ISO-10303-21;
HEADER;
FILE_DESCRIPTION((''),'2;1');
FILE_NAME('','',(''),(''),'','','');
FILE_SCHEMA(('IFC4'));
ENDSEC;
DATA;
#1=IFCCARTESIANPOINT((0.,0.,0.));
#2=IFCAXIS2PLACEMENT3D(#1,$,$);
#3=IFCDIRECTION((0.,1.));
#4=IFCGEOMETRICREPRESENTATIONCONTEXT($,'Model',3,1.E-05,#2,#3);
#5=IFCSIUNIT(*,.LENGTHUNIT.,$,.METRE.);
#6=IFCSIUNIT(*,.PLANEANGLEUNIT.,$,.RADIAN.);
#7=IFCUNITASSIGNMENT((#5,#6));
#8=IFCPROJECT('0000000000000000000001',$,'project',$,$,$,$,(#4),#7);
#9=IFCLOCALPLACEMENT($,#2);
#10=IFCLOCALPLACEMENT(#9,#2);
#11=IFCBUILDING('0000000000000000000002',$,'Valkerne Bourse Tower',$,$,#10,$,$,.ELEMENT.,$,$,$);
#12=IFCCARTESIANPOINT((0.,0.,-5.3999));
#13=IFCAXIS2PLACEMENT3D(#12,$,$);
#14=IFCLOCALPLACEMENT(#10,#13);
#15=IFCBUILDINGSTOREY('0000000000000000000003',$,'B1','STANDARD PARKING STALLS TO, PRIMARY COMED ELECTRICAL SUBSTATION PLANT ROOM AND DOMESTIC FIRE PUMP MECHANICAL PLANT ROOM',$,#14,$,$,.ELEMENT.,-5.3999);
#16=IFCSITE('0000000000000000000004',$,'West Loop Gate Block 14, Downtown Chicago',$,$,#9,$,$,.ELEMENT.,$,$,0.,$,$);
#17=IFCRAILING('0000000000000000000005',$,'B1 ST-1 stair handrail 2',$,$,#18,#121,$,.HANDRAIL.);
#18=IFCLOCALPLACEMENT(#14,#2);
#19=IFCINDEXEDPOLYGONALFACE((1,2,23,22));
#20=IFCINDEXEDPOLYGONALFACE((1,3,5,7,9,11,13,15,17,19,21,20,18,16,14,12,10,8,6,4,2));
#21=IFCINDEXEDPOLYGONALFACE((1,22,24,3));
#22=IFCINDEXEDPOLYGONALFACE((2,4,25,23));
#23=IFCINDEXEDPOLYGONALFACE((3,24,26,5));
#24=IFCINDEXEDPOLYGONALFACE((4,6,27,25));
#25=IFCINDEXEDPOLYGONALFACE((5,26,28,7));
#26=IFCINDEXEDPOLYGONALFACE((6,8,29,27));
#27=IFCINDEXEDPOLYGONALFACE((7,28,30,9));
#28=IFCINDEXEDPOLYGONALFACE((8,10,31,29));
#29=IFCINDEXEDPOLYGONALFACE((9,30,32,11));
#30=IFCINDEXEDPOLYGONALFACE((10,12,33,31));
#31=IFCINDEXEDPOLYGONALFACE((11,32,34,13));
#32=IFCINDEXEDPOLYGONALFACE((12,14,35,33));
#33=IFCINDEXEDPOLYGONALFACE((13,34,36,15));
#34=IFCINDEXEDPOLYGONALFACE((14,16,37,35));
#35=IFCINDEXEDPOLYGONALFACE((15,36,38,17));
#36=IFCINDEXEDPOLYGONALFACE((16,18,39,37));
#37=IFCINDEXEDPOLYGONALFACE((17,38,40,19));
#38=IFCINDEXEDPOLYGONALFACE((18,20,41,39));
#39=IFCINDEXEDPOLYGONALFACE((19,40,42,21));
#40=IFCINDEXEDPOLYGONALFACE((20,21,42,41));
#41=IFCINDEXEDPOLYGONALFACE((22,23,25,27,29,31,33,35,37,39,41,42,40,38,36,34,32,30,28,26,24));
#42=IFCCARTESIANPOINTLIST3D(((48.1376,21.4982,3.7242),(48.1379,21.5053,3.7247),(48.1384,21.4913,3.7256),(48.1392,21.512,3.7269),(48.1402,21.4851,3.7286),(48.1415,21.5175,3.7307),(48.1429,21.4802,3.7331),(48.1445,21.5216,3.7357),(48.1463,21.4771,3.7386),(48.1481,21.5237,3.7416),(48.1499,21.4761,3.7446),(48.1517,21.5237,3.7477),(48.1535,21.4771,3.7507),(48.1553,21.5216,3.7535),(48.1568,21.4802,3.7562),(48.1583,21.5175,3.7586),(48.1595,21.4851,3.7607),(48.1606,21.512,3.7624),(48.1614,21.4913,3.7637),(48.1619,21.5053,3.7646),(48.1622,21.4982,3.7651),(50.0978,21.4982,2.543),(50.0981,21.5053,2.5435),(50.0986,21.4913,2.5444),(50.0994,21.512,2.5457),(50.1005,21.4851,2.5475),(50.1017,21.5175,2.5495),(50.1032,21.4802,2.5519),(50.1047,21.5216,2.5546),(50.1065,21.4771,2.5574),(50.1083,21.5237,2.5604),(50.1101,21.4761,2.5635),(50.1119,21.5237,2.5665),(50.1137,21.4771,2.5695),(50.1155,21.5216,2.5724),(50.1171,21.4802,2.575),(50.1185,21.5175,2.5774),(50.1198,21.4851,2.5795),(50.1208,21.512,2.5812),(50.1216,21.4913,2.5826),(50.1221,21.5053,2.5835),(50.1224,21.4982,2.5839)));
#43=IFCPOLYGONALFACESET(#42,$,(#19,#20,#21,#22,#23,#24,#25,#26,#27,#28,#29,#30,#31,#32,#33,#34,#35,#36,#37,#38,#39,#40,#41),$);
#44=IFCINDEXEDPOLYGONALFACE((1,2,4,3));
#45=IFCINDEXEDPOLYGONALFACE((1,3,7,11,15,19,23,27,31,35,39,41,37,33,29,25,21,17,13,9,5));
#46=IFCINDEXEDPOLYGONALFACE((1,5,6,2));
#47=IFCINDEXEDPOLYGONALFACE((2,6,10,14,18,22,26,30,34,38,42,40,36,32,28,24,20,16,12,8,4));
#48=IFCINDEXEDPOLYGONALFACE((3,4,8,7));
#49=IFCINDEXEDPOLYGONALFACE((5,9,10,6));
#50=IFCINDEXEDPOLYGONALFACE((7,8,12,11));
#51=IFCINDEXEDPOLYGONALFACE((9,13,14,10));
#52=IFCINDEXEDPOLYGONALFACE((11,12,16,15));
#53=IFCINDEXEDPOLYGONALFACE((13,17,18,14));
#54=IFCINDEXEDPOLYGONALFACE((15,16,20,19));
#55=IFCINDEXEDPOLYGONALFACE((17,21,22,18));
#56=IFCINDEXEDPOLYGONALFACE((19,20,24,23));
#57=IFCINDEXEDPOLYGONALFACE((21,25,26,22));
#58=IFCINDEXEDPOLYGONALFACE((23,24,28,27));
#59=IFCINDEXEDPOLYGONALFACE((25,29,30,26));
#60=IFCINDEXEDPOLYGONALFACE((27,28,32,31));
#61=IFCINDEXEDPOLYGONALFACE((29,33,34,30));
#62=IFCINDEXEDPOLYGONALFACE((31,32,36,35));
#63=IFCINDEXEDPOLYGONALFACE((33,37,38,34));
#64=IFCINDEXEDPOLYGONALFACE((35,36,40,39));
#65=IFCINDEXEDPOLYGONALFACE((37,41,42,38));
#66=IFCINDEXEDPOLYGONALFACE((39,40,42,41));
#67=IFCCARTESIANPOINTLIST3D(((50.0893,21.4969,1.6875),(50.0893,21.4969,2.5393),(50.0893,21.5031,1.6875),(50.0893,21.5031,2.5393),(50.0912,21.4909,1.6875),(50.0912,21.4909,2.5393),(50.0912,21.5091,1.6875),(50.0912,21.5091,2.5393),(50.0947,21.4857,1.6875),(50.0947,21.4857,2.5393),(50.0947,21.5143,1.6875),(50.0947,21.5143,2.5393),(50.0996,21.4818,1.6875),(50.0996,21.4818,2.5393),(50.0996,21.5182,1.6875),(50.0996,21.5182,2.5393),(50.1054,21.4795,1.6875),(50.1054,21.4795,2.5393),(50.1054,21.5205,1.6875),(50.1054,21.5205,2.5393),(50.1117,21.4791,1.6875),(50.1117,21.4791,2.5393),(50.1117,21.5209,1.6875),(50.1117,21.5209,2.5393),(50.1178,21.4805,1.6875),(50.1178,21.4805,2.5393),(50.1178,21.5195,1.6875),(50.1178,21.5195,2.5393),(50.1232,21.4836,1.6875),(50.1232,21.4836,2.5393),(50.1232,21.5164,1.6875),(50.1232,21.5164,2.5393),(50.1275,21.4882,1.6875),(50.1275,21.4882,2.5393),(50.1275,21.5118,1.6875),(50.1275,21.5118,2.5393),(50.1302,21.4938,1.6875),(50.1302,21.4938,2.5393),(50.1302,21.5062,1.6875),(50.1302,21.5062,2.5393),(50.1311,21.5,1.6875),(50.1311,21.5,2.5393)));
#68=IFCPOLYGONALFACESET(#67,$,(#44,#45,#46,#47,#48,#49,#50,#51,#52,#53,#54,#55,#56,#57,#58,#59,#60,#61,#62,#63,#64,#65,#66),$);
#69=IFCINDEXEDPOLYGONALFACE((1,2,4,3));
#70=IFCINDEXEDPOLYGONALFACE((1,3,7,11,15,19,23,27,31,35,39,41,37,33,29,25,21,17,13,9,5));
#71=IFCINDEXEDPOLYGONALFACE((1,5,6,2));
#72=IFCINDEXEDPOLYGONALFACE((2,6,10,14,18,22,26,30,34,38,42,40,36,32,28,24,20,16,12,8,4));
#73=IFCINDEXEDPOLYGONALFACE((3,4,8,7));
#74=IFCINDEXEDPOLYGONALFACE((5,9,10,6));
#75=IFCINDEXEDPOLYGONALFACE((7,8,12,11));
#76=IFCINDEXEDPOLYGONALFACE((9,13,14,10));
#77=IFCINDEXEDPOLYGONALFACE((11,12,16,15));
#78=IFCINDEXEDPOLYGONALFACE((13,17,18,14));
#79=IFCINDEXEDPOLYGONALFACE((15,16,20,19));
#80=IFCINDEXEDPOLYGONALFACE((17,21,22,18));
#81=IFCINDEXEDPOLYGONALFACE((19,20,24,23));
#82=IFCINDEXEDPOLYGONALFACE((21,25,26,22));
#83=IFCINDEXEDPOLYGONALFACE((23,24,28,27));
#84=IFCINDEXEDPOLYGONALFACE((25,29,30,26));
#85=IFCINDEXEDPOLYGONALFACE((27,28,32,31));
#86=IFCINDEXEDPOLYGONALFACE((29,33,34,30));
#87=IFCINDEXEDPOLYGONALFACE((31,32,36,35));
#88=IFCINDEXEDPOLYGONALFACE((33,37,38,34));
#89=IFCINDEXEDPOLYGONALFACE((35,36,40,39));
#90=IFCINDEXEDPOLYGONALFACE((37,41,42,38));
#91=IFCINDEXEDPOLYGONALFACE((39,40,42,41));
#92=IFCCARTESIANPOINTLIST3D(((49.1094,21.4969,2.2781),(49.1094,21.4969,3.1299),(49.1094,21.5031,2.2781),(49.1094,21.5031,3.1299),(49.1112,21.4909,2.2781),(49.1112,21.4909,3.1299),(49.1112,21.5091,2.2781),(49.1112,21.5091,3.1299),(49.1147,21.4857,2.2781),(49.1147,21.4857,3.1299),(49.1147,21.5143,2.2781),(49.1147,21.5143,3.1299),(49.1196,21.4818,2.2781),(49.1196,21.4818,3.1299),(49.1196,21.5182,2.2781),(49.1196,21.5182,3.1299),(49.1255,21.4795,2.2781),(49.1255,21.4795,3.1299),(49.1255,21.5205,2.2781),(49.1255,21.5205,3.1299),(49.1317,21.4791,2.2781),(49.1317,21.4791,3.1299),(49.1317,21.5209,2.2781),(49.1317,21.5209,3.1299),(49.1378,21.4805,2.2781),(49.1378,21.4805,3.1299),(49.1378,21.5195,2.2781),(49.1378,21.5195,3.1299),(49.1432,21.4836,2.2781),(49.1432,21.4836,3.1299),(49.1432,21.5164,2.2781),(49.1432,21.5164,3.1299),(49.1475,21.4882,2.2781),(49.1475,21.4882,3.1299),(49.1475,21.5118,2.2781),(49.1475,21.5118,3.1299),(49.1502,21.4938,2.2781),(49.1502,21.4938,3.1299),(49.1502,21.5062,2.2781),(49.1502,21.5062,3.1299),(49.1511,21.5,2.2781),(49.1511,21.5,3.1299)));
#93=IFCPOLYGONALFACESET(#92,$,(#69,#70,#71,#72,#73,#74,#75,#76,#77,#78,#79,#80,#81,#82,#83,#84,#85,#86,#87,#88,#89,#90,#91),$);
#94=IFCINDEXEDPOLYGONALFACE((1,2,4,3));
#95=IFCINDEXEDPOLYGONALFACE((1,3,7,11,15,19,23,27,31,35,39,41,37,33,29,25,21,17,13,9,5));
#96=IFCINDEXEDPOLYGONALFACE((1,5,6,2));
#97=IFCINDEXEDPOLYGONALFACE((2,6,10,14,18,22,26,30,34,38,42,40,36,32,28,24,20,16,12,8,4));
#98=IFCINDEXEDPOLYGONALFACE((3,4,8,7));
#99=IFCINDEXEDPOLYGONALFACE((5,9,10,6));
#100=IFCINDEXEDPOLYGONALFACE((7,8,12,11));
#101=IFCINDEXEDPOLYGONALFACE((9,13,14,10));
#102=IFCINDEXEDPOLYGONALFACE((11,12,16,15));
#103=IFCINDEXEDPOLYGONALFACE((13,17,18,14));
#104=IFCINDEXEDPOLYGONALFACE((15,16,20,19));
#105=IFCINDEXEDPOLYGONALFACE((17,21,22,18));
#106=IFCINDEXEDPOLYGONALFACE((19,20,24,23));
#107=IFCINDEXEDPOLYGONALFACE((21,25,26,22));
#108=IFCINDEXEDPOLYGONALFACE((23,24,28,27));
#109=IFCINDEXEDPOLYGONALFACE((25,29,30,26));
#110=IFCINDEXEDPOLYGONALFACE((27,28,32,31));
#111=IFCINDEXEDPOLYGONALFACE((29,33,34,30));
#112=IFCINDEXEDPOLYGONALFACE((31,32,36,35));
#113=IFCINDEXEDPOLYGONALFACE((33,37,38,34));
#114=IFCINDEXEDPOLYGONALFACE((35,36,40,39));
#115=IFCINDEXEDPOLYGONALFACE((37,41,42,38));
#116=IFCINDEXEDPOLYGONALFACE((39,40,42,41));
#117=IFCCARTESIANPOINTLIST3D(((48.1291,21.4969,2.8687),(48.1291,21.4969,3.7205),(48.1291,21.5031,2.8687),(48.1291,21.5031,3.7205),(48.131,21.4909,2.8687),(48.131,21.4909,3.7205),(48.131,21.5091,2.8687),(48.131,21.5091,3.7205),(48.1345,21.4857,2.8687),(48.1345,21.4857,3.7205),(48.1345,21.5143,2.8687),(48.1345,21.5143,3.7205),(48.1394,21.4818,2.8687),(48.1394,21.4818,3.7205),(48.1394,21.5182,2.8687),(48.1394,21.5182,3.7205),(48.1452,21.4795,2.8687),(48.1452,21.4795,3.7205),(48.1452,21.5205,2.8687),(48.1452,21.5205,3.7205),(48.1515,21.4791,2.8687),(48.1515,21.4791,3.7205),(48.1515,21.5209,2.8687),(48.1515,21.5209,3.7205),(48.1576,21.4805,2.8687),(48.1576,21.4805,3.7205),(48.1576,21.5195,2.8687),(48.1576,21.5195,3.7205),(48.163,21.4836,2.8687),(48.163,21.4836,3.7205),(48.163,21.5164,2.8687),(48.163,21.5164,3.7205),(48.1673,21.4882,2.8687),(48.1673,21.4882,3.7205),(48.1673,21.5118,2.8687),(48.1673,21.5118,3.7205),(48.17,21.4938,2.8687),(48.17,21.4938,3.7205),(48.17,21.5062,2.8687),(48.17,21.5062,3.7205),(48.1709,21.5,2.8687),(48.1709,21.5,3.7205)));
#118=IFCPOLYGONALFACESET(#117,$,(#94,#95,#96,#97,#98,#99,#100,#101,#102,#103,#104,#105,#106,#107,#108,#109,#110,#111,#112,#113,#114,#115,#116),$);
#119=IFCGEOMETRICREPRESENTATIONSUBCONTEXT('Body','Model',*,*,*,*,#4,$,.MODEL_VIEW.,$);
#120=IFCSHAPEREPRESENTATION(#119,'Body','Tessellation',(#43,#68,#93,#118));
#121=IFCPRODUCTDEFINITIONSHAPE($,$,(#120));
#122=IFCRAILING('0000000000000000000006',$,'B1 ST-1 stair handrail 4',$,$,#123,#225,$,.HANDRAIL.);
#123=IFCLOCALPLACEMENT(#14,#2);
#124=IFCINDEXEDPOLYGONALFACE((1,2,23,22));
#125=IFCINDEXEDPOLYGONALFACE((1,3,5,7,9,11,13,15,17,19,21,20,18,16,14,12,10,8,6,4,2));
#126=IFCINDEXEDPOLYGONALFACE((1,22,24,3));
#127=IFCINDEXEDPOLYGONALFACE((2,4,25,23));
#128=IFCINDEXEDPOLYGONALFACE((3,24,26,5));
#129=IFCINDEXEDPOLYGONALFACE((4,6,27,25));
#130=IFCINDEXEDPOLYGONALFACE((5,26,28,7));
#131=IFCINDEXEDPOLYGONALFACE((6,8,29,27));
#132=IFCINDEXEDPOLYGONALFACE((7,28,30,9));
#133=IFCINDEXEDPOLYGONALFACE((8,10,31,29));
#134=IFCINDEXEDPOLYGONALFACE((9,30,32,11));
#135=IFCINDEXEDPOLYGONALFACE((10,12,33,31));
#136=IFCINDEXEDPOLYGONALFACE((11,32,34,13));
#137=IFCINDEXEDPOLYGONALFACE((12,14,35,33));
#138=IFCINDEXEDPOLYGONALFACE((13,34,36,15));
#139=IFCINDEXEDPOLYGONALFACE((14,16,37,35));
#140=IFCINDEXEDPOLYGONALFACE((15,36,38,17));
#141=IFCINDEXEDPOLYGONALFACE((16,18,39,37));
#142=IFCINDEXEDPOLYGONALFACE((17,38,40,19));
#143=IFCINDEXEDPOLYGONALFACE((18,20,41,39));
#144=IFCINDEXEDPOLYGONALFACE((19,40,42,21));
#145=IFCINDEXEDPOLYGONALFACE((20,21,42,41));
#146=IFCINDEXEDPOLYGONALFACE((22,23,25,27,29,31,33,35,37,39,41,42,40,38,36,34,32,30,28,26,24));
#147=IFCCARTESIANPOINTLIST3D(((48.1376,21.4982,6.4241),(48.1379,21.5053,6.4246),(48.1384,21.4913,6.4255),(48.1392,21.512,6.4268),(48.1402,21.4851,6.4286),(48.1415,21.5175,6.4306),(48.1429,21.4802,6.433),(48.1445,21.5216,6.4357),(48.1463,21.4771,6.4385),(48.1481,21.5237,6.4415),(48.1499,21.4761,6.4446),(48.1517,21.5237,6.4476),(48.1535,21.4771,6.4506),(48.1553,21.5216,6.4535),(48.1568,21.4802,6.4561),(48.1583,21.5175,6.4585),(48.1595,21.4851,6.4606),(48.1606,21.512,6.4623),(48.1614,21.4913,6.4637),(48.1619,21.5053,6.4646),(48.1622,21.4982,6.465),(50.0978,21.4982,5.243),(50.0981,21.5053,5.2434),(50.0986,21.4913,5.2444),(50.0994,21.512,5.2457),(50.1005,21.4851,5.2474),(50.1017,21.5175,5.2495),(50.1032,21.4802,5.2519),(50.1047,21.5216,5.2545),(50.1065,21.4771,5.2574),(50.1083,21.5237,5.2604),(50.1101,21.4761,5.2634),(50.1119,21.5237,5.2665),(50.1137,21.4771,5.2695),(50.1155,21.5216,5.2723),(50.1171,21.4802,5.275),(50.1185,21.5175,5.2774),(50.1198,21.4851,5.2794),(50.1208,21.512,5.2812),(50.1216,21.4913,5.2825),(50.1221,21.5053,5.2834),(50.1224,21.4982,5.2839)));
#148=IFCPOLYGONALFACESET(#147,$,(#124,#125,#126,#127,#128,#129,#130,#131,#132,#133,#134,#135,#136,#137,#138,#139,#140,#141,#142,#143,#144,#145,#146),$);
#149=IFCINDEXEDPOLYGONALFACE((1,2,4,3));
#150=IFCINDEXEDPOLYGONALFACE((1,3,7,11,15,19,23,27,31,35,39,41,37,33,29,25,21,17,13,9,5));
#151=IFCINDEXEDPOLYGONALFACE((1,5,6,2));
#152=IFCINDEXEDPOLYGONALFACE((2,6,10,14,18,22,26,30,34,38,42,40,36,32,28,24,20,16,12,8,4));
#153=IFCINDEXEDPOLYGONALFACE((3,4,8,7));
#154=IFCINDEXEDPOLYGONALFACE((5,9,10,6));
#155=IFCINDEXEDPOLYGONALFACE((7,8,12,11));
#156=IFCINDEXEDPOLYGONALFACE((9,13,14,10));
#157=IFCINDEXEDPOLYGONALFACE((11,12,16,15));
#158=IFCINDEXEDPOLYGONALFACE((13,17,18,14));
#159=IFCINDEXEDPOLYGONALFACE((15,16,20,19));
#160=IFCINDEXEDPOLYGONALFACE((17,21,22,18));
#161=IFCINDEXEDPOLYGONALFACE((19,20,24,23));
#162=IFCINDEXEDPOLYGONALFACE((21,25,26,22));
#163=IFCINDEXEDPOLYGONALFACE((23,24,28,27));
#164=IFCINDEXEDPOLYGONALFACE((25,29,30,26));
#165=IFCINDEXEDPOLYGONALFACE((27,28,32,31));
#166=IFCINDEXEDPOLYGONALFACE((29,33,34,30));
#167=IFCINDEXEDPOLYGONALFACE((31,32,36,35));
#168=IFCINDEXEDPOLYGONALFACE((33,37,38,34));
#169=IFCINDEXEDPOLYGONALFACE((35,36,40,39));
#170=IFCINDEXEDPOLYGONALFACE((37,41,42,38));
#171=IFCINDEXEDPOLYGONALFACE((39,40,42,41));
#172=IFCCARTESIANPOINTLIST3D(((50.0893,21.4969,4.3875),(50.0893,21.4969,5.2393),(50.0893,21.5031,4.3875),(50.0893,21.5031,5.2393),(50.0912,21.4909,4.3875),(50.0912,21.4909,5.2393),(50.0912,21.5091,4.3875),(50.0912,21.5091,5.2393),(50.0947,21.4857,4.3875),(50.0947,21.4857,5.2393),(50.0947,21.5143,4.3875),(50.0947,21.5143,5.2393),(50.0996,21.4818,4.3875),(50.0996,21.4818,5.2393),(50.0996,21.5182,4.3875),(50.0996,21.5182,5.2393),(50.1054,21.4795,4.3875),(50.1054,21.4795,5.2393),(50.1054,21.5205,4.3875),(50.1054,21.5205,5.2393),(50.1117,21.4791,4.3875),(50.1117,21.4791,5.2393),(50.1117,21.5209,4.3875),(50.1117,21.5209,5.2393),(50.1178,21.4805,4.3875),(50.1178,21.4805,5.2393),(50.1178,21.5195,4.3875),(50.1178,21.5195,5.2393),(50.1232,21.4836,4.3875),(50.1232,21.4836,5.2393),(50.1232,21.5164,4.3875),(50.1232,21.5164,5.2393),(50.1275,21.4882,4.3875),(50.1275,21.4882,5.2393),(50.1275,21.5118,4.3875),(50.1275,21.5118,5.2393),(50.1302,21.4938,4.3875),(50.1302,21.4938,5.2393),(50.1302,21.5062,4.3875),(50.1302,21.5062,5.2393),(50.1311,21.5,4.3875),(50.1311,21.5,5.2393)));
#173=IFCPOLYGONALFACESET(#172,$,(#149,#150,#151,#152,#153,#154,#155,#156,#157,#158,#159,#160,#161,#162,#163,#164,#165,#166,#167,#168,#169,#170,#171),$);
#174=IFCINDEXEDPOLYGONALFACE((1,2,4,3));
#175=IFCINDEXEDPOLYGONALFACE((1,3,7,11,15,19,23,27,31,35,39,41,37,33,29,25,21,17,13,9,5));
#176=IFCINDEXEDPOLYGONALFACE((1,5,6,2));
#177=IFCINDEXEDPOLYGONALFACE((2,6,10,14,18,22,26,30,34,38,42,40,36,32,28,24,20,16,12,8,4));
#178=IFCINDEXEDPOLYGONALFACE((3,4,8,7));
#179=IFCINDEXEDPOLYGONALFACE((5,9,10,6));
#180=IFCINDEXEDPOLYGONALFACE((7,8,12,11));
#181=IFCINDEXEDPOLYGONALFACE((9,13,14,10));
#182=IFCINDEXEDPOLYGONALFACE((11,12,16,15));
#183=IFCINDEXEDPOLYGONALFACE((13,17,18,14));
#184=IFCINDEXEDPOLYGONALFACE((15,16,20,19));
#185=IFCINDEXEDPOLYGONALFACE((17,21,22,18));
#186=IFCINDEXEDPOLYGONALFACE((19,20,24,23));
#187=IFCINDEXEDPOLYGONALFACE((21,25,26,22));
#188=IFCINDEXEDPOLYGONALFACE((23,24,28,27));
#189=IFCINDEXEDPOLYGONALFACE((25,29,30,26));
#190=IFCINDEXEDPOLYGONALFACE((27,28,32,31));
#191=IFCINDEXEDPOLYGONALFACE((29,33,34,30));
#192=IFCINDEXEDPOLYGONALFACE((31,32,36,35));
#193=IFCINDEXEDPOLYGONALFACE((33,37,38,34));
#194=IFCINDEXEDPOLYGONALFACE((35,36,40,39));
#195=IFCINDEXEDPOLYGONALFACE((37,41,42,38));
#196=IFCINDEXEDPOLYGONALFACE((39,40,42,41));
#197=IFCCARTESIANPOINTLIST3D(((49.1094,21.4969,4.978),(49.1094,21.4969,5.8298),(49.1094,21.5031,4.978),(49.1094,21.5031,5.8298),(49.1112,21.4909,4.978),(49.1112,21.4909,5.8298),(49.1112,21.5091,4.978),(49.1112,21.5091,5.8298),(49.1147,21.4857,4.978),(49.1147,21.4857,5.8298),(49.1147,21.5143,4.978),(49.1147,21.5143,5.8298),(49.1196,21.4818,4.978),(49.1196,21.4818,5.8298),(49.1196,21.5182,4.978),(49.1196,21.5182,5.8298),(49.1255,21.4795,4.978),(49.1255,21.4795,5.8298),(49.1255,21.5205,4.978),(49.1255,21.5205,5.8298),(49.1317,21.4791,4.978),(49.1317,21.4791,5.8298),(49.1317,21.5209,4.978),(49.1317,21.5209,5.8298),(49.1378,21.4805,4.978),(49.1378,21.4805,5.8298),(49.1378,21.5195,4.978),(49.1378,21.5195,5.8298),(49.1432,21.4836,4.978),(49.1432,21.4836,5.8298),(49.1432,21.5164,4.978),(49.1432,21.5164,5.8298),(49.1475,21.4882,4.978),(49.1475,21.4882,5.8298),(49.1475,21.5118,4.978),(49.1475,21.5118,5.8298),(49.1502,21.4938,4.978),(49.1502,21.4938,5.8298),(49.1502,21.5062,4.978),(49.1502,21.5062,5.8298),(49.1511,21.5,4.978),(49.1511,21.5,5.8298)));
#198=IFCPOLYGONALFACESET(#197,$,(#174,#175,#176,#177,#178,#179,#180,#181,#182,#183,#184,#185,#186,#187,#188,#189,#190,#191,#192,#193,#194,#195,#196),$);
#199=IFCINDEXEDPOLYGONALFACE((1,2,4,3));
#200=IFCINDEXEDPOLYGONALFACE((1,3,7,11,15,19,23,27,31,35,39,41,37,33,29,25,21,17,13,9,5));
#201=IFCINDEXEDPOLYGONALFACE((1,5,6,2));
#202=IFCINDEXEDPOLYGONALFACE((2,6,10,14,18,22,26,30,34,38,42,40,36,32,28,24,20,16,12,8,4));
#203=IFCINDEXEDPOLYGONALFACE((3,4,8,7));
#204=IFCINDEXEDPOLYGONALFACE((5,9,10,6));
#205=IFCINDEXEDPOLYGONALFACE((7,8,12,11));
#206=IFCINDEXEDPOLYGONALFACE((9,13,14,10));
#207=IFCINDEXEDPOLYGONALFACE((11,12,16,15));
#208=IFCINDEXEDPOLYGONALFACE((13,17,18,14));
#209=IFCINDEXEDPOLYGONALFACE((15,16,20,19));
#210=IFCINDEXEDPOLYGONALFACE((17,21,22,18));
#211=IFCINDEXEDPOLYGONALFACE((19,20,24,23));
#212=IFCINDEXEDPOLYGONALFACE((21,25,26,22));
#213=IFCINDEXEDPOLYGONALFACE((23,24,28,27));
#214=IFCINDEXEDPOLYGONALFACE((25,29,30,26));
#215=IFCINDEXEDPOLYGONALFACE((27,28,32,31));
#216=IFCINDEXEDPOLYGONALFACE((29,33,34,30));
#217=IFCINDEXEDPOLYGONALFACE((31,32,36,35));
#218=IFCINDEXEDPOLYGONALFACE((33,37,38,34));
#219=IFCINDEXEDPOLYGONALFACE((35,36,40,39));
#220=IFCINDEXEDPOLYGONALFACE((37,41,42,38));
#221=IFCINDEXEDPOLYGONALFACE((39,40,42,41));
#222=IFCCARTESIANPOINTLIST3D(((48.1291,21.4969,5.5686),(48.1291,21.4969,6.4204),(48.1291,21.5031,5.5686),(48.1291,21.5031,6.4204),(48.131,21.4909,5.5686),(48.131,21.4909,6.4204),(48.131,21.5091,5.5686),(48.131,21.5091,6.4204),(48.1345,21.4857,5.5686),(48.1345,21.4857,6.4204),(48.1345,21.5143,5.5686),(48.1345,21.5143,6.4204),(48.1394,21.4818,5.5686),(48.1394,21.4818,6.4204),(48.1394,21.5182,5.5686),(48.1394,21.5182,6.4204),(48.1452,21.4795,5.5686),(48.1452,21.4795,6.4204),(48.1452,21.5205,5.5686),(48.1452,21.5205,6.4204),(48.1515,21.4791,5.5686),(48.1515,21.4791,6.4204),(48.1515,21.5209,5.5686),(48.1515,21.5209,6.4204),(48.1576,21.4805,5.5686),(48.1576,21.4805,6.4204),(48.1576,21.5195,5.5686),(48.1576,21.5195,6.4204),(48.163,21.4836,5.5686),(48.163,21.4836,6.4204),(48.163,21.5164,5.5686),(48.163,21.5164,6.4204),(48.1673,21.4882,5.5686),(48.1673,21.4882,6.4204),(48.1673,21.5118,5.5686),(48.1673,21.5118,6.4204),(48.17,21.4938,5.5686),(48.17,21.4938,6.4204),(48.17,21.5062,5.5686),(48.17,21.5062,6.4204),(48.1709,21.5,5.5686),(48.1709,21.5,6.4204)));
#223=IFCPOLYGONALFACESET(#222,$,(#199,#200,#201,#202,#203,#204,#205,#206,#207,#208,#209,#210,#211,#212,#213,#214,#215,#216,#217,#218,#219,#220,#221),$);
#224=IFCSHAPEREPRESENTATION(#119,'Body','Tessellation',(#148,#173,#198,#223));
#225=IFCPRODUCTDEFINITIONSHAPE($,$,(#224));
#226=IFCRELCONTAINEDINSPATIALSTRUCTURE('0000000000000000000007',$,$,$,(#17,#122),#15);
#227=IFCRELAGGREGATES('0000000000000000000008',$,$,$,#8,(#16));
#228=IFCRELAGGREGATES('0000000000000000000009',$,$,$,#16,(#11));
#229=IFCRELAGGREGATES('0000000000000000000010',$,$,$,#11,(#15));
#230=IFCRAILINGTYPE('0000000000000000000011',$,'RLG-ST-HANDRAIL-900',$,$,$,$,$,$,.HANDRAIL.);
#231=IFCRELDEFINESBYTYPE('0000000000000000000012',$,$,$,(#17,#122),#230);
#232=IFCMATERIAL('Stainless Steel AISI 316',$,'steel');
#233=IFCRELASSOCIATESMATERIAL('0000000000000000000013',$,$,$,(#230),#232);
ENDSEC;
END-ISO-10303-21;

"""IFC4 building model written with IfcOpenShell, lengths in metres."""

from ifc_helpers import new_model, si_unit, direction, frame, origin, origin_2d, place, context, subcontext, project, spatial, circle, extrude, material, type_object, element, save


model = new_model("IFC4")

# Units and contexts
model_context = context("Model", 3, precision=1e-05, world=origin(), true_north=direction((0.0, 1.0)))
body_context = subcontext(model_context, "Body", "Model", "MODEL_VIEW")
ifc_project = project(units=[si_unit("LENGTHUNIT", "METRE"), si_unit("PLANEANGLEUNIT", "RADIAN")], contexts=[model_context])

# Site, building, storey
site_placement = place(None, origin())
site = spatial("IfcSite", under=ifc_project, at=site_placement, Name="West Loop Gate Block 14, Downtown Chicago", CompositionType="ELEMENT", RefElevation=0.0)
building_placement = place(site_placement, origin())
building = spatial("IfcBuilding", under=site, at=building_placement, Name="Valkerne Bourse Tower", CompositionType="ELEMENT")
storey_placement = place(building_placement, frame((0.0, 0.0, -5.3999)))
storey = spatial("IfcBuildingStorey", under=building, at=storey_placement, Name="B1", Description="STANDARD PARKING STALLS TO, PRIMARY COMED ELECTRICAL SUBSTATION PLANT ROOM AND DOMESTIC FIRE PUMP MECHANICAL PLANT ROOM", CompositionType="ELEMENT", Elevation=-5.3999)

# Shared definitions
ifc_material_1 = material(Name="Stainless Steel AISI 316", Category="steel")

# Railings
railing_type_1 = type_object("IfcRailingType", Name="RLG-ST-HANDRAIL-900", PredefinedType="HANDRAIL", material=ifc_material_1)
for number, where, name in (
    (1, (50.1101, 21.5, 1.6875), "B1 ST-1 stair handrail 2"),
    (2, (50.1101, 21.5, 4.3875), "B1 ST-1 stair handrail 4"),
):
    element("IfcRailing", number, at=place(storey_placement, frame(where)), inside=storey, type_object=railing_type_1, Name=name, PredefinedType="HANDRAIL", context=body_context, shape_type="SweptSolid", body=[
        extrude(circle(Radius=0.0239, at=origin_2d()), frame((0.0, 0.0, 0.876), z_axis=(-0.856522, 0.0, 0.516111), x_axis=(0.0, -1.0, 0.0)), (0.0, 0.0, 1.0), 2.2886),
        extrude(circle(Radius=0.021, at=origin_2d()), origin(), (0.0, 0.0, 1.0), 0.8518),
        extrude(circle(Radius=0.021, at=origin_2d()), frame((-0.98, 0.0, 0.5906)), (0.0, 0.0, 1.0), 0.8518),
        extrude(circle(Radius=0.021, at=origin_2d()), frame((-1.9602, 0.0, 1.1812)), (0.0, 0.0, 1.0), 0.8518),
    ])

save(model, "model.ifc")
